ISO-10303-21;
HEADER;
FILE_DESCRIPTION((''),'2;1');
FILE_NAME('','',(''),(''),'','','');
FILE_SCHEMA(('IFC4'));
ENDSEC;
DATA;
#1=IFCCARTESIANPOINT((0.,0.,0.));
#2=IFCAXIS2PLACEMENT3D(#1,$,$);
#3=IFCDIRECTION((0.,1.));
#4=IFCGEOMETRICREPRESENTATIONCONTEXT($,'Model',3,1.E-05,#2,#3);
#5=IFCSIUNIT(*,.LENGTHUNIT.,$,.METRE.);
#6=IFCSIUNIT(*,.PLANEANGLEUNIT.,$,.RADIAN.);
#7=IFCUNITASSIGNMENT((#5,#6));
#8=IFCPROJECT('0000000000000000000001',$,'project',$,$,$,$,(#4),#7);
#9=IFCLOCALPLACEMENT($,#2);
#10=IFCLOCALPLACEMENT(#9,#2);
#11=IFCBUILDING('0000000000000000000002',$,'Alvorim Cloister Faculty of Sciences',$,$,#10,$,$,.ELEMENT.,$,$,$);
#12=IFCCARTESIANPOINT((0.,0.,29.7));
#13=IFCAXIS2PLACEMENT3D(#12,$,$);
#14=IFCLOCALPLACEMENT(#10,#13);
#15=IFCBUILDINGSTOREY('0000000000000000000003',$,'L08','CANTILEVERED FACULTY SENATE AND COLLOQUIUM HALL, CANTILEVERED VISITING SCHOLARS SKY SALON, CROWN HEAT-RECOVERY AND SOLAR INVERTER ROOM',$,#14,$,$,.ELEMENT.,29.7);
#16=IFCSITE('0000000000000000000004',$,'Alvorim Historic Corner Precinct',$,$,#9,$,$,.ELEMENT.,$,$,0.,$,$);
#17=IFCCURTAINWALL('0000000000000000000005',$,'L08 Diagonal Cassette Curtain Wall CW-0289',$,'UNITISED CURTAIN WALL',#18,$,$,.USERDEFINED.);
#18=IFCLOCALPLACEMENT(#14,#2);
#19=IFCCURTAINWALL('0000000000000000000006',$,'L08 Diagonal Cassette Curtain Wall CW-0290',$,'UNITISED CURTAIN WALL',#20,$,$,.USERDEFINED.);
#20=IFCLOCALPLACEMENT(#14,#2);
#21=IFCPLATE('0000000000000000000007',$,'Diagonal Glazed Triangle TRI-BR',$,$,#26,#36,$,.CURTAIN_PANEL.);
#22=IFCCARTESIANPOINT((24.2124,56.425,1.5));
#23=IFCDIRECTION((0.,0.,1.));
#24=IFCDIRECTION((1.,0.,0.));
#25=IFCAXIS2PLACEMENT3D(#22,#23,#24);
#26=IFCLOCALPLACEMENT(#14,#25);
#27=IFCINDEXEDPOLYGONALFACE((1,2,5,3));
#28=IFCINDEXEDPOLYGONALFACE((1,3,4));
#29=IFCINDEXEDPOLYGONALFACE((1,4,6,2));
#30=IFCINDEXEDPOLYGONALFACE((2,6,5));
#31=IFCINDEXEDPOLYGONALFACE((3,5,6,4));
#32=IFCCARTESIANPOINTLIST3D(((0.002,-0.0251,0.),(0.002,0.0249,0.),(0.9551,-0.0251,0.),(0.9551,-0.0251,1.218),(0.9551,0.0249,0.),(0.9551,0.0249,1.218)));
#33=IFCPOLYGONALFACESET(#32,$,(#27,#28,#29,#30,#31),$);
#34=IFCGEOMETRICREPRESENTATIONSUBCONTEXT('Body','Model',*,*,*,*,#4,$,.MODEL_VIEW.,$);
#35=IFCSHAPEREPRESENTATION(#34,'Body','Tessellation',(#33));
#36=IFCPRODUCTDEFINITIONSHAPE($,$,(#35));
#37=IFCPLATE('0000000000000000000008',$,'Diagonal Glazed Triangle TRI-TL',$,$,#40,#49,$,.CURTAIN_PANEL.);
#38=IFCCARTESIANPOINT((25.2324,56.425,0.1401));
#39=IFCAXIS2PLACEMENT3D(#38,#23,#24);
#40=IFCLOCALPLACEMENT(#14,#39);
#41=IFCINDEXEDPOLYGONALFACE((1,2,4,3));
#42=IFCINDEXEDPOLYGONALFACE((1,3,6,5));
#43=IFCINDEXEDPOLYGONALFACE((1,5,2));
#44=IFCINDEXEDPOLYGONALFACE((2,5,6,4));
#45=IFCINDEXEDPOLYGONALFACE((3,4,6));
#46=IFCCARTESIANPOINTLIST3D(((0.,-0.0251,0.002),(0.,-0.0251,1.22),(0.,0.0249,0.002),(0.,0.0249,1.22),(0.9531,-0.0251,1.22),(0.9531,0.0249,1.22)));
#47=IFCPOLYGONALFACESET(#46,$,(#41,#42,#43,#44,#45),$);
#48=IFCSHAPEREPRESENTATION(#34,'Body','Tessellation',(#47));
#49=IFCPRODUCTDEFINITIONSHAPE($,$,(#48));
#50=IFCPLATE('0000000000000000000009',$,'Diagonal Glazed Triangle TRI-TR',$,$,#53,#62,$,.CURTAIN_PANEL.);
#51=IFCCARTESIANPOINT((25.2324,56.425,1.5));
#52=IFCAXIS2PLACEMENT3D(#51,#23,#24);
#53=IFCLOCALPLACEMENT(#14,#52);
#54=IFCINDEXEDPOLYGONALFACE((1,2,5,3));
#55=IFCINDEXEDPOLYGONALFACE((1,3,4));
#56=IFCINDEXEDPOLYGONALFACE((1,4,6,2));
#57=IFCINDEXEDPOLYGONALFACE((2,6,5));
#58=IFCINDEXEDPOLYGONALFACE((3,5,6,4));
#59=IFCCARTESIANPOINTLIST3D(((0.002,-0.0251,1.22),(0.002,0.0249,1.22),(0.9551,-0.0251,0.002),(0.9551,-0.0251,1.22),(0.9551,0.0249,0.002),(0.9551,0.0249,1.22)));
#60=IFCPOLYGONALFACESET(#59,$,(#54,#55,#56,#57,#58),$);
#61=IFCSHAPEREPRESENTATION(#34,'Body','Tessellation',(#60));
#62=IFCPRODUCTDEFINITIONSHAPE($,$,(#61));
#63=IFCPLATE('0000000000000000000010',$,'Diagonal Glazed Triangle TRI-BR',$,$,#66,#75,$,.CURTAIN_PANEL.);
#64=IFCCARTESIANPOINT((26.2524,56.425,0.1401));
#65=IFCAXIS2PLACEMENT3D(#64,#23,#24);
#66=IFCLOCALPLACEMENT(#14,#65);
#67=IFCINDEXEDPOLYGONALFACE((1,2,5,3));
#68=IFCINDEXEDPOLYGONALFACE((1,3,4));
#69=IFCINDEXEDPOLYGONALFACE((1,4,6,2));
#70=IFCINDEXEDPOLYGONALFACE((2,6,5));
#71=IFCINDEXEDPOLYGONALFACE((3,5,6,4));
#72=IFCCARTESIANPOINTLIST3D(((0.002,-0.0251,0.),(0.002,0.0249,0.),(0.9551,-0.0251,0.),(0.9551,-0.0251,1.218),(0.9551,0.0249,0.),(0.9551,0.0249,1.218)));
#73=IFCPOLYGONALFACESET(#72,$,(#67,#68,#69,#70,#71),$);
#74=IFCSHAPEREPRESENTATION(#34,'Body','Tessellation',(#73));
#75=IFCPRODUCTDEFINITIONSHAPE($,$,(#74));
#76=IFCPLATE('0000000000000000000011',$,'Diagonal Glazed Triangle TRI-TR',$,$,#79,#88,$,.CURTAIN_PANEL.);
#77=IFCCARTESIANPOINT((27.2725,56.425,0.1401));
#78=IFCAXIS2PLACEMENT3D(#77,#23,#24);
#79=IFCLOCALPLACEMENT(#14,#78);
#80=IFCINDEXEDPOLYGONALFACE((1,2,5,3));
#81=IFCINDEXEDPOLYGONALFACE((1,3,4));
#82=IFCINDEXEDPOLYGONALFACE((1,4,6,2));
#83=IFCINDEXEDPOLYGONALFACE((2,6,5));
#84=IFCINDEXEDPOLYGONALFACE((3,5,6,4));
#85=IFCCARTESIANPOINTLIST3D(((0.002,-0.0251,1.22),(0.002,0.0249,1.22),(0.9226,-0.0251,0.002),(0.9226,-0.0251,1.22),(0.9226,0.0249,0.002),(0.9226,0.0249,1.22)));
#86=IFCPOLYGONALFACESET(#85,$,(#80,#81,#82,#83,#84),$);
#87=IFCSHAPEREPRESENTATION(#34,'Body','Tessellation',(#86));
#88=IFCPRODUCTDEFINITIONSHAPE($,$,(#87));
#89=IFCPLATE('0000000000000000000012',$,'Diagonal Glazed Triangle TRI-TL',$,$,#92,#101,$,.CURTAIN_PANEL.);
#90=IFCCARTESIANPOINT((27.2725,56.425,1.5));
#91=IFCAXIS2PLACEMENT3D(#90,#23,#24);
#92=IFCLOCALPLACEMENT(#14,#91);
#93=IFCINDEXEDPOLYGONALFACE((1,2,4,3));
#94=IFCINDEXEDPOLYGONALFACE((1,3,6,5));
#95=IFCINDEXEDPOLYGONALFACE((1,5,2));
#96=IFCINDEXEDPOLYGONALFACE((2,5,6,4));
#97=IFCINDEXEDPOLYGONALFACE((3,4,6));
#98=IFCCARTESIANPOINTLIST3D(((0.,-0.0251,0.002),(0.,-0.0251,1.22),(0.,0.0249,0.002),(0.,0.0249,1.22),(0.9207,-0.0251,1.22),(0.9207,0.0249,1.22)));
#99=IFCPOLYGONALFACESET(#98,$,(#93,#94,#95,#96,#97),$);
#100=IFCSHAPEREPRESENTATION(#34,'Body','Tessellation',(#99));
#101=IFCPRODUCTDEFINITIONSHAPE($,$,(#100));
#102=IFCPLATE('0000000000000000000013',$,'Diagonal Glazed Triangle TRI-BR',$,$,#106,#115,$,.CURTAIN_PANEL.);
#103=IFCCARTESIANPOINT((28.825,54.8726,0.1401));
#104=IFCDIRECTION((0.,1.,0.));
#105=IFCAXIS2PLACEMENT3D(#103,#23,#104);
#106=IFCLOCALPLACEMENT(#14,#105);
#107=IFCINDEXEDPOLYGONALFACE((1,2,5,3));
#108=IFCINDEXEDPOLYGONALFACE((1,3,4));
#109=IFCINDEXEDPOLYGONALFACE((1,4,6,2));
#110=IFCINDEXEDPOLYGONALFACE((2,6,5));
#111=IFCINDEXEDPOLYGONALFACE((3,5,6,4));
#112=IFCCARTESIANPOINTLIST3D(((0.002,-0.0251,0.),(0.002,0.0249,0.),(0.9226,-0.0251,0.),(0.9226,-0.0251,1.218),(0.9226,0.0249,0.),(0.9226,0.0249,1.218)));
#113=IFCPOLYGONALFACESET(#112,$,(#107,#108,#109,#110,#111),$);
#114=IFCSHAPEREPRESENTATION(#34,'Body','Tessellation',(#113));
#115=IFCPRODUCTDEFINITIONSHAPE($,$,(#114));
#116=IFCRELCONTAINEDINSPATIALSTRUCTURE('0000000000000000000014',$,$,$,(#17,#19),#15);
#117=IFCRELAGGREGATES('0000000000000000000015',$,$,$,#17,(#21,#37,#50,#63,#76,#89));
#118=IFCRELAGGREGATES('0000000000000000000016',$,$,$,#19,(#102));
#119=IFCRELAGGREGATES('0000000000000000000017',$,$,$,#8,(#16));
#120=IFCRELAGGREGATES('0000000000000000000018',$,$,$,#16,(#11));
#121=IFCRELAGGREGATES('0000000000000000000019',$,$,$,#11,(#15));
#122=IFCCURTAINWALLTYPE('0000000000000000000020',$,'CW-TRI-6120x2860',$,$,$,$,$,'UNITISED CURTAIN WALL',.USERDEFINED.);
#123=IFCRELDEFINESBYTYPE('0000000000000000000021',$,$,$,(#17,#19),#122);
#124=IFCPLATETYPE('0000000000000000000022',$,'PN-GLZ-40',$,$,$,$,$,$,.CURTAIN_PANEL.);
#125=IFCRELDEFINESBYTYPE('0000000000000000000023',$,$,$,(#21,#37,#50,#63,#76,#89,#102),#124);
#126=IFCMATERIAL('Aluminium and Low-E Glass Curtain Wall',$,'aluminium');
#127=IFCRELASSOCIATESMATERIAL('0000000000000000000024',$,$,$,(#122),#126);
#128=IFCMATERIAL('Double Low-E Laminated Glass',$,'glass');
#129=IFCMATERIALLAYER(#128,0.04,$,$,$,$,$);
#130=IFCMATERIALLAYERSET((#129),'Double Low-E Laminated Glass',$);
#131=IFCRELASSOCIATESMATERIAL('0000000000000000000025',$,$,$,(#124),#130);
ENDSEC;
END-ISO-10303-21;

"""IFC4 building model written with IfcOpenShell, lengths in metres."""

from ifc_helpers import new_model, si_unit, direction, frame, origin, place, context, subcontext, project, spatial, polyline, outline, extrude, material, layer, layer_set, type_object, element, aggregate, save


model = new_model("IFC4")

# Units and contexts
model_context = context("Model", 3, precision=1e-05, world=origin(), true_north=direction((0.0, 1.0)))
body_context = subcontext(model_context, "Body", "Model", "MODEL_VIEW")
ifc_project = project(units=[si_unit("LENGTHUNIT", "METRE"), si_unit("PLANEANGLEUNIT", "RADIAN")], contexts=[model_context])

# Site, building, storey
site_placement = place(None, origin())
site = spatial("IfcSite", under=ifc_project, at=site_placement, Name="Alvorim Historic Corner Precinct", CompositionType="ELEMENT", RefElevation=0.0)
building_placement = place(site_placement, origin())
building = spatial("IfcBuilding", under=site, at=building_placement, Name="Alvorim Cloister Faculty of Sciences", CompositionType="ELEMENT")
storey_placement = place(building_placement, frame((0.0, 0.0, 29.7)))
storey = spatial("IfcBuildingStorey", under=building, at=storey_placement, Name="L08", Description="CANTILEVERED FACULTY SENATE AND COLLOQUIUM HALL, CANTILEVERED VISITING SCHOLARS SKY SALON, CROWN HEAT-RECOVERY AND SOLAR INVERTER ROOM", CompositionType="ELEMENT", Elevation=29.7)

# Curtain wall
ifc_material_1 = material(Name="Aluminium and Low-E Glass Curtain Wall", Category="aluminium")
curtain_wall_type = type_object("IfcCurtainWallType", Name="CW-TRI-6120x2860", ElementType="UNITISED CURTAIN WALL", PredefinedType="USERDEFINED", material=ifc_material_1)
curtain_wall_1_placement = place(storey_placement, origin())
curtain_wall_1 = element("IfcCurtainWall", 1, at=curtain_wall_1_placement, inside=storey, type_object=curtain_wall_type, Name="L08 Diagonal Cassette Curtain Wall CW-0289", ObjectType="UNITISED CURTAIN WALL", PredefinedType="USERDEFINED")

# Curtain wall
curtain_wall_2_placement = place(storey_placement, origin())
curtain_wall_2 = element("IfcCurtainWall", 2, at=curtain_wall_2_placement, inside=storey, type_object=curtain_wall_type, Name="L08 Diagonal Cassette Curtain Wall CW-0290", ObjectType="UNITISED CURTAIN WALL", PredefinedType="USERDEFINED")

# Plates
ifc_material_2 = material(Name="Double Low-E Laminated Glass", Category="glass")
ifc_layer = layer(ifc_material_2, 0.04)
ifc_layer_set = layer_set([ifc_layer], Name="Double Low-E Laminated Glass")
plate_type = type_object("IfcPlateType", Name="PN-GLZ-40", PredefinedType="CURTAIN_PANEL", material=ifc_layer_set)
plate_1_placement = place(storey_placement, frame((24.2124, 56.425, 1.5), z_axis=(0.0, 0.0, 1.0), x_axis=(1.0, 0.0, 0.0)))
plate_1 = element("IfcPlate", 3, at=plate_1_placement, type_object=plate_type, Name="Diagonal Glazed Triangle TRI-BR", PredefinedType="CURTAIN_PANEL", context=body_context, shape_type="SweptSolid", body=[
    extrude(outline(polyline([(0.002, 0.0), (0.9551, 0.0), (0.9551, 1.218), (0.002, 0.0)])), frame((0.0, 0.0249, 0.0), z_axis=(0.0, -1.0, 0.0), x_axis=(1.0, 0.0, 0.0)), (0.0, 0.0, 1.0), 0.05),
])
plate_2_placement = place(storey_placement, frame((25.2324, 56.425, 0.1401), z_axis=(0.0, 0.0, 1.0), x_axis=(1.0, 0.0, 0.0)))
plate_2 = element("IfcPlate", 4, at=plate_2_placement, type_object=plate_type, Name="Diagonal Glazed Triangle TRI-TL", PredefinedType="CURTAIN_PANEL", context=body_context, shape_type="SweptSolid", body=[
    extrude(outline(polyline([(0.9531, 1.22), (0.0, 1.22), (0.0, 0.002), (0.9531, 1.22)])), frame((0.0, 0.0249, 0.0), z_axis=(0.0, -1.0, 0.0), x_axis=(1.0, 0.0, 0.0)), (0.0, 0.0, 1.0), 0.05),
])
plate_3_placement = place(storey_placement, frame((25.2324, 56.425, 1.5), z_axis=(0.0, 0.0, 1.0), x_axis=(1.0, 0.0, 0.0)))
plate_3 = element("IfcPlate", 5, at=plate_3_placement, type_object=plate_type, Name="Diagonal Glazed Triangle TRI-TR", PredefinedType="CURTAIN_PANEL", context=body_context, shape_type="SweptSolid", body=[
    extrude(outline(polyline([(0.9551, 0.002), (0.9551, 1.22), (0.002, 1.22), (0.9551, 0.002)])), frame((0.0, 0.0249, 0.0), z_axis=(0.0, -1.0, 0.0), x_axis=(1.0, 0.0, 0.0)), (0.0, 0.0, 1.0), 0.05),
])
plate_4_placement = place(storey_placement, frame((26.2524, 56.425, 0.1401), z_axis=(0.0, 0.0, 1.0), x_axis=(1.0, 0.0, 0.0)))
plate_4 = element("IfcPlate", 6, at=plate_4_placement, type_object=plate_type, Name="Diagonal Glazed Triangle TRI-BR", PredefinedType="CURTAIN_PANEL", context=body_context, shape_type="SweptSolid", body=[
    extrude(outline(polyline([(0.002, 0.0), (0.9551, 0.0), (0.9551, 1.218), (0.002, 0.0)])), frame((0.0, 0.0249, 0.0), z_axis=(0.0, -1.0, 0.0), x_axis=(1.0, 0.0, 0.0)), (0.0, 0.0, 1.0), 0.05),
])
plate_5_placement = place(storey_placement, frame((27.2725, 56.425, 0.1401), z_axis=(0.0, 0.0, 1.0), x_axis=(1.0, 0.0, 0.0)))
plate_5 = element("IfcPlate", 7, at=plate_5_placement, type_object=plate_type, Name="Diagonal Glazed Triangle TRI-TR", PredefinedType="CURTAIN_PANEL", context=body_context, shape_type="SweptSolid", body=[
    extrude(outline(polyline([(0.9226, 0.002), (0.9226, 1.22), (0.002, 1.22), (0.9226, 0.002)])), frame((0.0, 0.0249, 0.0), z_axis=(0.0, -1.0, 0.0), x_axis=(1.0, 0.0, 0.0)), (0.0, 0.0, 1.0), 0.05),
])
plate_6_placement = place(storey_placement, frame((27.2725, 56.425, 1.5), z_axis=(0.0, 0.0, 1.0), x_axis=(1.0, 0.0, 0.0)))
plate_6 = element("IfcPlate", 8, at=plate_6_placement, type_object=plate_type, Name="Diagonal Glazed Triangle TRI-TL", PredefinedType="CURTAIN_PANEL", context=body_context, shape_type="SweptSolid", body=[
    extrude(outline(polyline([(0.9207, 1.22), (0.0, 1.22), (0.0, 0.002), (0.9207, 1.22)])), frame((0.0, 0.0249, 0.0), z_axis=(0.0, -1.0, 0.0), x_axis=(1.0, 0.0, 0.0)), (0.0, 0.0, 1.0), 0.05),
])
aggregate(curtain_wall_1, [plate_1, plate_2, plate_3, plate_4, plate_5, plate_6])
plate_7_placement = place(storey_placement, frame((28.825, 54.8726, 0.1401), z_axis=(0.0, 0.0, 1.0), x_axis=(0.0, 1.0, 0.0)))
plate_7 = element("IfcPlate", 9, at=plate_7_placement, type_object=plate_type, Name="Diagonal Glazed Triangle TRI-BR", PredefinedType="CURTAIN_PANEL", context=body_context, shape_type="SweptSolid", body=[
    extrude(outline(polyline([(0.002, 0.0), (0.9226, 0.0), (0.9226, 1.218), (0.002, 0.0)])), frame((0.0, 0.0249, 0.0), z_axis=(0.0, -1.0, 0.0), x_axis=(1.0, 0.0, 0.0)), (0.0, 0.0, 1.0), 0.05),
])
aggregate(curtain_wall_2, [plate_7])

save(model, "model.ifc")
